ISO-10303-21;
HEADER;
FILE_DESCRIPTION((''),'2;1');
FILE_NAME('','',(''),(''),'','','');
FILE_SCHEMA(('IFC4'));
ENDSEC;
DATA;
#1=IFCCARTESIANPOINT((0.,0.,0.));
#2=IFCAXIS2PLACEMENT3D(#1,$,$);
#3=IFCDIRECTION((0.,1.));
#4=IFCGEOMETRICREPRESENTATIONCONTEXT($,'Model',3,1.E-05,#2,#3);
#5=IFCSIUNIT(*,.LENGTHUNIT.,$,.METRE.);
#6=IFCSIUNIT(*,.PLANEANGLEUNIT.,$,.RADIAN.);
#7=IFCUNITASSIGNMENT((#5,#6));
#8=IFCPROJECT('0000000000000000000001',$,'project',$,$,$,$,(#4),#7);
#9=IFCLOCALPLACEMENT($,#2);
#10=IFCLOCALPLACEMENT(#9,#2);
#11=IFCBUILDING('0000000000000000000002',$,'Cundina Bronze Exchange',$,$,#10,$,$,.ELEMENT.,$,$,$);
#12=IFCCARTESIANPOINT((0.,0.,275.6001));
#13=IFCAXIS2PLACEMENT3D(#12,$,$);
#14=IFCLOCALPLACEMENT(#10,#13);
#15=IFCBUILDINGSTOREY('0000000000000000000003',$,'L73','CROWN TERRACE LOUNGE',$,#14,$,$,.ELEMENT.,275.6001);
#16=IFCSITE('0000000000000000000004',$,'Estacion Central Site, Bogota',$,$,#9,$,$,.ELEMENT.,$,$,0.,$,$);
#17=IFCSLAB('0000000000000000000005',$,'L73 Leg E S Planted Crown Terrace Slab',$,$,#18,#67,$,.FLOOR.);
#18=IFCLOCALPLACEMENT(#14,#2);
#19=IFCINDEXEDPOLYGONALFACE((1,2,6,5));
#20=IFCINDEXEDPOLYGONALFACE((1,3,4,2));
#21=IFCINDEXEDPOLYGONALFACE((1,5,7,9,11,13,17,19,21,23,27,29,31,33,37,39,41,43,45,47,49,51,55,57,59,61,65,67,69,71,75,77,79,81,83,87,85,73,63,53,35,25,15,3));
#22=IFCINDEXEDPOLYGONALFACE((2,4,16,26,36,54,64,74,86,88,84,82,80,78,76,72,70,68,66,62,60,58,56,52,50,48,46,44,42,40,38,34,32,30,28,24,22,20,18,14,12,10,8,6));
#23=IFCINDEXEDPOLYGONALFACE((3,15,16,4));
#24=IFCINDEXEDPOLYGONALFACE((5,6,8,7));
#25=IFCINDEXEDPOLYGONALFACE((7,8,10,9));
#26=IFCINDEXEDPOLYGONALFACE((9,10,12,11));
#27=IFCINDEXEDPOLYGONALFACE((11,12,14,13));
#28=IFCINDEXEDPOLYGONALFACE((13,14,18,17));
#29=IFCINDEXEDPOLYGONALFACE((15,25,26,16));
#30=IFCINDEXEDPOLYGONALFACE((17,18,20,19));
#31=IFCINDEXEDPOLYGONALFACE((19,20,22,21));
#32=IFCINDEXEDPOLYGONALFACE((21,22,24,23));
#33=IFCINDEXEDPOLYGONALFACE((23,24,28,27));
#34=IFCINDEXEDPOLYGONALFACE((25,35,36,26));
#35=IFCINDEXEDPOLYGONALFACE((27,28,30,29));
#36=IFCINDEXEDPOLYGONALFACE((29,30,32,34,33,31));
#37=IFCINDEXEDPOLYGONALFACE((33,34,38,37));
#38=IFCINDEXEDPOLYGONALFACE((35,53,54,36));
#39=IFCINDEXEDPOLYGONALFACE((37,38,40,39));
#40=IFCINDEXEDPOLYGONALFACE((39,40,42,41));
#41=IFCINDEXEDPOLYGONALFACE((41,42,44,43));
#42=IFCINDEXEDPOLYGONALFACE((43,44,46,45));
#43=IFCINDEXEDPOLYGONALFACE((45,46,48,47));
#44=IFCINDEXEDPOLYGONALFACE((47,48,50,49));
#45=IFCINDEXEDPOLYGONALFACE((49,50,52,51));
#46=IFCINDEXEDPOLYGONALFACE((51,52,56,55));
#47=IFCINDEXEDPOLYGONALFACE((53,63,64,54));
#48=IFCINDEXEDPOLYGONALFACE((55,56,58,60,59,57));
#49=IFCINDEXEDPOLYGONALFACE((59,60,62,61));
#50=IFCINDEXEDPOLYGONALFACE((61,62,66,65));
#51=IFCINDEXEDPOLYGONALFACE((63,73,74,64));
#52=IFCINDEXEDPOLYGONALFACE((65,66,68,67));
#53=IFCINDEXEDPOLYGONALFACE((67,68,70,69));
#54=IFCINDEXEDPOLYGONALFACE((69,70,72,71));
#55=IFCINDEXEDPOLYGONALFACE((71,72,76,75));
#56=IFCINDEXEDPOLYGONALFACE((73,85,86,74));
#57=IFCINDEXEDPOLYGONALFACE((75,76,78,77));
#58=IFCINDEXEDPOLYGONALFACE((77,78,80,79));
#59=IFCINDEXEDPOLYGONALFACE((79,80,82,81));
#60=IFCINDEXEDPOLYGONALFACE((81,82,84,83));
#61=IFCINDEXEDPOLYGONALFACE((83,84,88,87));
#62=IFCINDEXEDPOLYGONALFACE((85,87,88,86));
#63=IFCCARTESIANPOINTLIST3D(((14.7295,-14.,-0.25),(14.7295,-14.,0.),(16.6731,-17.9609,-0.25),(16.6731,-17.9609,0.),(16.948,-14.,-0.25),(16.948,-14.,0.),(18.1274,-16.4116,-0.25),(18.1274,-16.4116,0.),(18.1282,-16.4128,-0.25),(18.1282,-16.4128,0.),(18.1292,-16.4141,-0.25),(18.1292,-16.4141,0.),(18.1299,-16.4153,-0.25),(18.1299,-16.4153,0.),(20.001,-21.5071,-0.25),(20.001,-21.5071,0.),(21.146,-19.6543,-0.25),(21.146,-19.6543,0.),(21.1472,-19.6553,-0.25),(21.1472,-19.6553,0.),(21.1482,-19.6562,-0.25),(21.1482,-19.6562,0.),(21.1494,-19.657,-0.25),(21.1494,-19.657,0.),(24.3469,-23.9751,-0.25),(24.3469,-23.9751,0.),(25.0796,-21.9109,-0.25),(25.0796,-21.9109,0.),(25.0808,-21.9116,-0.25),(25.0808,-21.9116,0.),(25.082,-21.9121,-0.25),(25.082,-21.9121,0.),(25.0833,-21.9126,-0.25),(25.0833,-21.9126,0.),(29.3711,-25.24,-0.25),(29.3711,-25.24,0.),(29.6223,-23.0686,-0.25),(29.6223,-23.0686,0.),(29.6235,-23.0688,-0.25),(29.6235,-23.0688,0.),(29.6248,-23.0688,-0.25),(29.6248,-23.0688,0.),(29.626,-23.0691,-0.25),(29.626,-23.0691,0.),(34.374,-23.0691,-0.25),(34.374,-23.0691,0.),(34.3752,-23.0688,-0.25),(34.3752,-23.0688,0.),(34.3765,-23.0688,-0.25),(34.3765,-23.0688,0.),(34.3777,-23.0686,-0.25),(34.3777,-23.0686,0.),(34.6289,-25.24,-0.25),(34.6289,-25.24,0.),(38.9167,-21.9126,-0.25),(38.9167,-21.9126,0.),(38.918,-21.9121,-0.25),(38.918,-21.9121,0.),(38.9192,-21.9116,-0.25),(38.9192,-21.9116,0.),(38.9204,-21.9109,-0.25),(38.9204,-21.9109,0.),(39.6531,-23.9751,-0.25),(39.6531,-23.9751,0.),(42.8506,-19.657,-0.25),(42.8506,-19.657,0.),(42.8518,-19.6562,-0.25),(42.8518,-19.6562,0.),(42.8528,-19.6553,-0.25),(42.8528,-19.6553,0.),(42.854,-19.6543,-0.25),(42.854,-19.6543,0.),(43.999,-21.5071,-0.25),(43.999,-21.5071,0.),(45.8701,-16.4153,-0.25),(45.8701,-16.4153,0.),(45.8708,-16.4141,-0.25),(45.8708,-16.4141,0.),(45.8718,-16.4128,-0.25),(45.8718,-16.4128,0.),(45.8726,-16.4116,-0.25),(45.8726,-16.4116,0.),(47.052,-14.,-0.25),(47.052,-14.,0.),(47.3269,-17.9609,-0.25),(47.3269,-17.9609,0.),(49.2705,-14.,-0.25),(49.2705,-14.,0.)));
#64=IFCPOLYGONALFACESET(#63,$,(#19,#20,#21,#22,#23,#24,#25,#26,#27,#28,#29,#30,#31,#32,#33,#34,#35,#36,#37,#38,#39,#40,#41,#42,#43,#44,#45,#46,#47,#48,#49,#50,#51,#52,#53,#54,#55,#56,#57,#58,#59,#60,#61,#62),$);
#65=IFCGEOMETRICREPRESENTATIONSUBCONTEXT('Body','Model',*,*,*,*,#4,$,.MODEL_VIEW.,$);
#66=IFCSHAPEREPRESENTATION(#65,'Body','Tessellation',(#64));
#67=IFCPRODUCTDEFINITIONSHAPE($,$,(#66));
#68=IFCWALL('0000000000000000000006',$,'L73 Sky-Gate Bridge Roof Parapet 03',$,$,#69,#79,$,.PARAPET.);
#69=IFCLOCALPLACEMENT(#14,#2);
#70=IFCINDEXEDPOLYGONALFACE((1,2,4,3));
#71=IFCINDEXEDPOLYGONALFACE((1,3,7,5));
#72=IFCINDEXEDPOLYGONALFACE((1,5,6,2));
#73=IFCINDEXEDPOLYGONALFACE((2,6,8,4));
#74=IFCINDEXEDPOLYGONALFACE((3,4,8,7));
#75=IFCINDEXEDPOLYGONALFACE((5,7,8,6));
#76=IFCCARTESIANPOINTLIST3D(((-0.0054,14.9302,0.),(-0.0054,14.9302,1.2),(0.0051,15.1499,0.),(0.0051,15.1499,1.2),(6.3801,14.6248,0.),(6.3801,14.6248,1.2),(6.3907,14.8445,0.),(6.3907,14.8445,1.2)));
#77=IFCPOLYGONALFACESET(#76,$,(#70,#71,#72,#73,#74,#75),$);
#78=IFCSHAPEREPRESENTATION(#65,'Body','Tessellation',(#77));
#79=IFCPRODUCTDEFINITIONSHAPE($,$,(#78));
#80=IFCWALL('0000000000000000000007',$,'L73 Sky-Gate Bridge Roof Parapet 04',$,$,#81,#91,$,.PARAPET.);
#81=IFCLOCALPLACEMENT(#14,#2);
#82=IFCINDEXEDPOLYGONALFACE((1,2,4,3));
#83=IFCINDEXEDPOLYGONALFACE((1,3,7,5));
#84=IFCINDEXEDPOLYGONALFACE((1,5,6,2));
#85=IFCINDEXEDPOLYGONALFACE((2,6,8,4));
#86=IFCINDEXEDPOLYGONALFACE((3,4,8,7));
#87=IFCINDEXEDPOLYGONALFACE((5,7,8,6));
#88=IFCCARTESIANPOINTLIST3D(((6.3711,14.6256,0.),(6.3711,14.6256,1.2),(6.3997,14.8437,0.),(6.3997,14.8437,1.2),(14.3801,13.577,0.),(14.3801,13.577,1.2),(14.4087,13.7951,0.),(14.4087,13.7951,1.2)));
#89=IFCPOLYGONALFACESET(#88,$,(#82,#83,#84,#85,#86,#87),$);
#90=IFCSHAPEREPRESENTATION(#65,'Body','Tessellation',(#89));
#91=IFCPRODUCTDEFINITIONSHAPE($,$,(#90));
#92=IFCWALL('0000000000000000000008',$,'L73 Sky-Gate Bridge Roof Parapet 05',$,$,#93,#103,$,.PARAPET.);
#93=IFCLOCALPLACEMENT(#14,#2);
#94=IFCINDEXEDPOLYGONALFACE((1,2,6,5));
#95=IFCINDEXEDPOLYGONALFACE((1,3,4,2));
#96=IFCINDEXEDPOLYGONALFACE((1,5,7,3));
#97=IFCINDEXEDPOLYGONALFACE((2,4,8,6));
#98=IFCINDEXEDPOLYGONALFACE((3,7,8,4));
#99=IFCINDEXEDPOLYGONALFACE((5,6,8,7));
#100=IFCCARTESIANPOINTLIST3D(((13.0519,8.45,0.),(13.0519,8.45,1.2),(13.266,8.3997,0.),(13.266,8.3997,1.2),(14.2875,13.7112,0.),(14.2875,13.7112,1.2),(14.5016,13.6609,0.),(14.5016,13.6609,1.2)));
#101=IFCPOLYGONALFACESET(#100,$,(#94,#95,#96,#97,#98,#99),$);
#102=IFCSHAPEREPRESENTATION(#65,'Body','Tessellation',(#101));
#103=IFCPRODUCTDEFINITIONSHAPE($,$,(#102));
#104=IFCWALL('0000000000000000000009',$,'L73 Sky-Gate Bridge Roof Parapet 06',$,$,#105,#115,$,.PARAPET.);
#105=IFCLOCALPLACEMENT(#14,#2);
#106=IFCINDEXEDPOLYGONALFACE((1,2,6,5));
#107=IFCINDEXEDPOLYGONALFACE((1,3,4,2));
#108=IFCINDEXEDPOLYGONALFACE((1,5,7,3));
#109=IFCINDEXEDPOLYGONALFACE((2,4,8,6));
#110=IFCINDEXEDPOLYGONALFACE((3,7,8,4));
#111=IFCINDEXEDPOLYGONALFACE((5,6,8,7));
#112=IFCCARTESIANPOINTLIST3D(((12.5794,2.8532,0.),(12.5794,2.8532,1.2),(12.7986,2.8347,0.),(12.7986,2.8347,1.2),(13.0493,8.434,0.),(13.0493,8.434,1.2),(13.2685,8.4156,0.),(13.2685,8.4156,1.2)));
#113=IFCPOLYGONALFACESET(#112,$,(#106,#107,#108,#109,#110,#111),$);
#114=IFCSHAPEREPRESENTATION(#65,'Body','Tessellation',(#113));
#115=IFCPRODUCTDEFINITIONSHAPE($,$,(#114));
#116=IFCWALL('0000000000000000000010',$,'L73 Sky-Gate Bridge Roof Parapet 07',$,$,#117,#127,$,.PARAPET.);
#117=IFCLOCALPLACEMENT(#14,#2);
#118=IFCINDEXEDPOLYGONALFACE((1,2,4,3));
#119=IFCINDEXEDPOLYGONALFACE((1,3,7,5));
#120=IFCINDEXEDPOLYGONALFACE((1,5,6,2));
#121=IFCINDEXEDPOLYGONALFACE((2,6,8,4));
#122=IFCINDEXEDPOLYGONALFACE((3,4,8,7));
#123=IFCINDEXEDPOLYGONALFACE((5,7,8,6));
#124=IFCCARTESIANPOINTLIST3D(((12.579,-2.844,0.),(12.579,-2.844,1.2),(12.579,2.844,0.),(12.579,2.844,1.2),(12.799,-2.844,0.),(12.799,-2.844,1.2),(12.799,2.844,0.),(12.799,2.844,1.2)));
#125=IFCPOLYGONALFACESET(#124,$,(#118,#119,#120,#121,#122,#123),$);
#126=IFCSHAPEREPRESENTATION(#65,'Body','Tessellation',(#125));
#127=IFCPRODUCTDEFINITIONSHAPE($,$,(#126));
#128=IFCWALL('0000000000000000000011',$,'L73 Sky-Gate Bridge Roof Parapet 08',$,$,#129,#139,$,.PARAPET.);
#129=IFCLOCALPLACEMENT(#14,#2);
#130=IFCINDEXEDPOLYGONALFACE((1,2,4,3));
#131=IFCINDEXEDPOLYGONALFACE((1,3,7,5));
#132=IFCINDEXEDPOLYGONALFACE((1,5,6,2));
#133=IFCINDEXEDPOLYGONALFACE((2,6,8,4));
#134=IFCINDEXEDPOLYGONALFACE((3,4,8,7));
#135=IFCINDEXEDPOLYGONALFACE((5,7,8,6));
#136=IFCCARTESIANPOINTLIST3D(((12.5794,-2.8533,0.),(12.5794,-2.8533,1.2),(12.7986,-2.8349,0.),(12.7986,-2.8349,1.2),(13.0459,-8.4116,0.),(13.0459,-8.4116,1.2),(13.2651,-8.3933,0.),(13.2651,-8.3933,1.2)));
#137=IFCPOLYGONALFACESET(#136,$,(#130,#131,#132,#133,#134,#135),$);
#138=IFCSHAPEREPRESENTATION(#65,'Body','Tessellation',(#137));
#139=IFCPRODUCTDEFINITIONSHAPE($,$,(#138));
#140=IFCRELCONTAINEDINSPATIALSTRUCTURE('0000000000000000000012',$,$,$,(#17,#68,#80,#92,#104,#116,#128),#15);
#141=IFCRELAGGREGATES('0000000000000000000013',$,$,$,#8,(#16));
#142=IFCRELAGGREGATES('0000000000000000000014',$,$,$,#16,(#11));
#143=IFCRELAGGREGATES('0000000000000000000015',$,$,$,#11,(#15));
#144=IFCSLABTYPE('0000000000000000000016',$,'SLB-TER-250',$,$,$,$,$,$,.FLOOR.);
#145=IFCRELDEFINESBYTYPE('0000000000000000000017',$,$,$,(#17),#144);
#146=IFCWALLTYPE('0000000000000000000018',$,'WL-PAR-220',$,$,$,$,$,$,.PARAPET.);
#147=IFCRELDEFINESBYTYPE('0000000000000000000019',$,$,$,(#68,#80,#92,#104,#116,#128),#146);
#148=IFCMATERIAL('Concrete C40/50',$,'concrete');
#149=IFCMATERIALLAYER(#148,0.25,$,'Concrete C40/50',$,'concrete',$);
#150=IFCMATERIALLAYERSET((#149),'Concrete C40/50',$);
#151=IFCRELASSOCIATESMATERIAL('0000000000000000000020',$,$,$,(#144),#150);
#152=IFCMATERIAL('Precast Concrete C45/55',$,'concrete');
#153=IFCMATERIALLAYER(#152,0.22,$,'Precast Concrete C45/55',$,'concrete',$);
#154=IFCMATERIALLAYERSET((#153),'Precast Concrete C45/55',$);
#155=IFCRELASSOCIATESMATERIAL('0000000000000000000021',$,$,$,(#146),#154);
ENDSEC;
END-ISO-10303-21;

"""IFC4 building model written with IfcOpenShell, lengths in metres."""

from ifc_helpers import new_model, si_unit, direction, frame, frame_2d, origin, place, context, subcontext, project, spatial, polyline, rectangle, outline, extrude, material, layer, layer_set, type_object, element, save


model = new_model("IFC4")

# Units and contexts
model_context = context("Model", 3, precision=1e-05, world=origin(), true_north=direction((0.0, 1.0)))
body_context = subcontext(model_context, "Body", "Model", "MODEL_VIEW")
ifc_project = project(units=[si_unit("LENGTHUNIT", "METRE"), si_unit("PLANEANGLEUNIT", "RADIAN")], contexts=[model_context])

# Site, building, storey
site_placement = place(None, origin())
site = spatial("IfcSite", under=ifc_project, at=site_placement, Name="Estacion Central Site, Bogota", CompositionType="ELEMENT", RefElevation=0.0)
building_placement = place(site_placement, origin())
building = spatial("IfcBuilding", under=site, at=building_placement, Name="Cundina Bronze Exchange", CompositionType="ELEMENT")
storey_placement = place(building_placement, frame((0.0, 0.0, 275.6001)))
storey = spatial("IfcBuildingStorey", under=building, at=storey_placement, Name="L73", Description="CROWN TERRACE LOUNGE", CompositionType="ELEMENT", Elevation=275.6001)

# Shared definitions
ifc_material_1 = material(Name="Concrete C40/50", Category="concrete")

# Slab
ifc_layer_1 = layer(ifc_material_1, 0.25, Name="Concrete C40/50", Category="concrete")
ifc_layer_set_1 = layer_set([ifc_layer_1], Name="Concrete C40/50")
slab_type_1 = type_object("IfcSlabType", Name="SLB-TER-250", PredefinedType="FLOOR", material=ifc_layer_set_1)
slab_1_placement = place(storey_placement, frame((0.0, 0.0, -0.25)))
element("IfcSlab", 1, at=slab_1_placement, inside=storey, type_object=slab_type_1, Name="L73 Leg E S Planted Crown Terrace Slab", PredefinedType="FLOOR", context=body_context, shape_type="SweptSolid", body=[
    extrude(outline(polyline([(47.3269, -17.9609), (43.999, -21.5071), (39.6531, -23.9751), (34.6289, -25.24), (29.3711, -25.24), (24.3469, -23.9751), (20.001, -21.5071), (16.6731, -17.9609), (14.7295, -14.0), (16.948, -14.0), (18.1274, -16.4116), (18.1282, -16.4128), (18.1292, -16.4141), (18.1299, -16.4153), (21.146, -19.6543), (21.1472, -19.6553), (21.1482, -19.6562), (21.1494, -19.657), (25.0796, -21.9109), (25.0808, -21.9116), (25.082, -21.9121), (25.0833, -21.9126), (29.6223, -23.0686), (29.6235, -23.0688), (29.6248, -23.0688), (29.626, -23.0691), (34.374, -23.0691), (34.3752, -23.0688), (34.3765, -23.0688), (34.3777, -23.0686), (38.9167, -21.9126), (38.918, -21.9121), (38.9192, -21.9116), (38.9204, -21.9109), (42.8506, -19.657), (42.8518, -19.6562), (42.8528, -19.6553), (42.854, -19.6543), (45.8701, -16.4153), (45.8708, -16.4141), (45.8718, -16.4128), (45.8726, -16.4116), (47.052, -14.0), (49.2705, -14.0), (47.3269, -17.9609)])), origin(), (0.0, 0.0, 1.0), 0.25),
])

# Walls
ifc_material_2 = material(Name="Precast Concrete C45/55", Category="concrete")
ifc_layer_2 = layer(ifc_material_2, 0.22, Name="Precast Concrete C45/55", Category="concrete")
ifc_layer_set_2 = layer_set([ifc_layer_2], Name="Precast Concrete C45/55")
wall_type = type_object("IfcWallType", Name="WL-PAR-220", PredefinedType="PARAPET", material=ifc_layer_set_2)
wall_1_placement = place(storey_placement, frame((0.0, 15.04, 0.0), z_axis=(0.0, 0.0, 1.0), x_axis=(0.998858, -0.047776, 0.0)))
element("IfcWall", 2, at=wall_1_placement, inside=storey, type_object=wall_type, Name="L73 Sky-Gate Bridge Roof Parapet 03", PredefinedType="PARAPET", context=body_context, shape_type="SweptSolid", body=[
    extrude(rectangle(XDim=6.3928, YDim=0.22, at=frame_2d((3.1963, 0.0))), origin(), (0.0, 0.0, 1.0), 1.2),
])
wall_2_placement = place(storey_placement, frame((6.3855, 14.7346, 0.0), z_axis=(0.0, 0.0, 1.0), x_axis=(0.991538, -0.129817, 0.0)))
element("IfcWall", 3, at=wall_2_placement, inside=storey, type_object=wall_type, Name="L73 Sky-Gate Bridge Roof Parapet 04", PredefinedType="PARAPET", context=body_context, shape_type="SweptSolid", body=[
    extrude(rectangle(XDim=8.0774, YDim=0.22, at=frame_2d((4.0386, 0.0))), origin(), (0.0, 0.0, 1.0), 1.2),
])
wall_3_placement = place(storey_placement, frame((14.3945, 13.686, 0.0), z_axis=(0.0, 0.0, 1.0), x_axis=(-0.228629, -0.973514, 0.0)))
element("IfcWall", 4, at=wall_3_placement, inside=storey, type_object=wall_type, Name="L73 Sky-Gate Bridge Roof Parapet 05", PredefinedType="PARAPET", context=body_context, shape_type="SweptSolid", body=[
    extrude(rectangle(XDim=5.4043, YDim=0.22, at=frame_2d((2.7021, 0.0))), origin(), (0.0, 0.0, 1.0), 1.2),
])
wall_4_placement = place(storey_placement, frame((13.1589, 8.4248, 0.0), z_axis=(0.0, 0.0, 1.0), x_axis=(-0.083915, -0.996473, 0.0)))
element("IfcWall", 5, at=wall_4_placement, inside=storey, type_object=wall_type, Name="L73 Sky-Gate Bridge Roof Parapet 06", PredefinedType="PARAPET", context=body_context, shape_type="SweptSolid", body=[
    extrude(rectangle(XDim=5.6006, YDim=0.22, at=frame_2d((2.8003, 0.0))), origin(), (0.0, 0.0, 1.0), 1.2),
])
wall_5_placement = place(storey_placement, frame((12.689, 2.844, 0.0), z_axis=(0.0, 0.0, 1.0), x_axis=(0.0, -1.0, 0.0)))
element("IfcWall", 6, at=wall_5_placement, inside=storey, type_object=wall_type, Name="L73 Sky-Gate Bridge Roof Parapet 07", PredefinedType="PARAPET", context=body_context, shape_type="SweptSolid", body=[
    extrude(rectangle(XDim=5.688, YDim=0.22, at=frame_2d((2.844, 0.0))), origin(), (0.0, 0.0, 1.0), 1.2),
])
wall_6_placement = place(storey_placement, frame((12.689, -2.844, 0.0), z_axis=(0.0, 0.0, 1.0), x_axis=(0.083643, -0.996496, 0.0)))
element("IfcWall", 7, at=wall_6_placement, inside=storey, type_object=wall_type, Name="L73 Sky-Gate Bridge Roof Parapet 08", PredefinedType="PARAPET", context=body_context, shape_type="SweptSolid", body=[
    extrude(rectangle(XDim=5.5779, YDim=0.22, at=frame_2d((2.7891, 0.0))), origin(), (0.0, 0.0, 1.0), 1.2),
])

save(model, "model.ifc")
